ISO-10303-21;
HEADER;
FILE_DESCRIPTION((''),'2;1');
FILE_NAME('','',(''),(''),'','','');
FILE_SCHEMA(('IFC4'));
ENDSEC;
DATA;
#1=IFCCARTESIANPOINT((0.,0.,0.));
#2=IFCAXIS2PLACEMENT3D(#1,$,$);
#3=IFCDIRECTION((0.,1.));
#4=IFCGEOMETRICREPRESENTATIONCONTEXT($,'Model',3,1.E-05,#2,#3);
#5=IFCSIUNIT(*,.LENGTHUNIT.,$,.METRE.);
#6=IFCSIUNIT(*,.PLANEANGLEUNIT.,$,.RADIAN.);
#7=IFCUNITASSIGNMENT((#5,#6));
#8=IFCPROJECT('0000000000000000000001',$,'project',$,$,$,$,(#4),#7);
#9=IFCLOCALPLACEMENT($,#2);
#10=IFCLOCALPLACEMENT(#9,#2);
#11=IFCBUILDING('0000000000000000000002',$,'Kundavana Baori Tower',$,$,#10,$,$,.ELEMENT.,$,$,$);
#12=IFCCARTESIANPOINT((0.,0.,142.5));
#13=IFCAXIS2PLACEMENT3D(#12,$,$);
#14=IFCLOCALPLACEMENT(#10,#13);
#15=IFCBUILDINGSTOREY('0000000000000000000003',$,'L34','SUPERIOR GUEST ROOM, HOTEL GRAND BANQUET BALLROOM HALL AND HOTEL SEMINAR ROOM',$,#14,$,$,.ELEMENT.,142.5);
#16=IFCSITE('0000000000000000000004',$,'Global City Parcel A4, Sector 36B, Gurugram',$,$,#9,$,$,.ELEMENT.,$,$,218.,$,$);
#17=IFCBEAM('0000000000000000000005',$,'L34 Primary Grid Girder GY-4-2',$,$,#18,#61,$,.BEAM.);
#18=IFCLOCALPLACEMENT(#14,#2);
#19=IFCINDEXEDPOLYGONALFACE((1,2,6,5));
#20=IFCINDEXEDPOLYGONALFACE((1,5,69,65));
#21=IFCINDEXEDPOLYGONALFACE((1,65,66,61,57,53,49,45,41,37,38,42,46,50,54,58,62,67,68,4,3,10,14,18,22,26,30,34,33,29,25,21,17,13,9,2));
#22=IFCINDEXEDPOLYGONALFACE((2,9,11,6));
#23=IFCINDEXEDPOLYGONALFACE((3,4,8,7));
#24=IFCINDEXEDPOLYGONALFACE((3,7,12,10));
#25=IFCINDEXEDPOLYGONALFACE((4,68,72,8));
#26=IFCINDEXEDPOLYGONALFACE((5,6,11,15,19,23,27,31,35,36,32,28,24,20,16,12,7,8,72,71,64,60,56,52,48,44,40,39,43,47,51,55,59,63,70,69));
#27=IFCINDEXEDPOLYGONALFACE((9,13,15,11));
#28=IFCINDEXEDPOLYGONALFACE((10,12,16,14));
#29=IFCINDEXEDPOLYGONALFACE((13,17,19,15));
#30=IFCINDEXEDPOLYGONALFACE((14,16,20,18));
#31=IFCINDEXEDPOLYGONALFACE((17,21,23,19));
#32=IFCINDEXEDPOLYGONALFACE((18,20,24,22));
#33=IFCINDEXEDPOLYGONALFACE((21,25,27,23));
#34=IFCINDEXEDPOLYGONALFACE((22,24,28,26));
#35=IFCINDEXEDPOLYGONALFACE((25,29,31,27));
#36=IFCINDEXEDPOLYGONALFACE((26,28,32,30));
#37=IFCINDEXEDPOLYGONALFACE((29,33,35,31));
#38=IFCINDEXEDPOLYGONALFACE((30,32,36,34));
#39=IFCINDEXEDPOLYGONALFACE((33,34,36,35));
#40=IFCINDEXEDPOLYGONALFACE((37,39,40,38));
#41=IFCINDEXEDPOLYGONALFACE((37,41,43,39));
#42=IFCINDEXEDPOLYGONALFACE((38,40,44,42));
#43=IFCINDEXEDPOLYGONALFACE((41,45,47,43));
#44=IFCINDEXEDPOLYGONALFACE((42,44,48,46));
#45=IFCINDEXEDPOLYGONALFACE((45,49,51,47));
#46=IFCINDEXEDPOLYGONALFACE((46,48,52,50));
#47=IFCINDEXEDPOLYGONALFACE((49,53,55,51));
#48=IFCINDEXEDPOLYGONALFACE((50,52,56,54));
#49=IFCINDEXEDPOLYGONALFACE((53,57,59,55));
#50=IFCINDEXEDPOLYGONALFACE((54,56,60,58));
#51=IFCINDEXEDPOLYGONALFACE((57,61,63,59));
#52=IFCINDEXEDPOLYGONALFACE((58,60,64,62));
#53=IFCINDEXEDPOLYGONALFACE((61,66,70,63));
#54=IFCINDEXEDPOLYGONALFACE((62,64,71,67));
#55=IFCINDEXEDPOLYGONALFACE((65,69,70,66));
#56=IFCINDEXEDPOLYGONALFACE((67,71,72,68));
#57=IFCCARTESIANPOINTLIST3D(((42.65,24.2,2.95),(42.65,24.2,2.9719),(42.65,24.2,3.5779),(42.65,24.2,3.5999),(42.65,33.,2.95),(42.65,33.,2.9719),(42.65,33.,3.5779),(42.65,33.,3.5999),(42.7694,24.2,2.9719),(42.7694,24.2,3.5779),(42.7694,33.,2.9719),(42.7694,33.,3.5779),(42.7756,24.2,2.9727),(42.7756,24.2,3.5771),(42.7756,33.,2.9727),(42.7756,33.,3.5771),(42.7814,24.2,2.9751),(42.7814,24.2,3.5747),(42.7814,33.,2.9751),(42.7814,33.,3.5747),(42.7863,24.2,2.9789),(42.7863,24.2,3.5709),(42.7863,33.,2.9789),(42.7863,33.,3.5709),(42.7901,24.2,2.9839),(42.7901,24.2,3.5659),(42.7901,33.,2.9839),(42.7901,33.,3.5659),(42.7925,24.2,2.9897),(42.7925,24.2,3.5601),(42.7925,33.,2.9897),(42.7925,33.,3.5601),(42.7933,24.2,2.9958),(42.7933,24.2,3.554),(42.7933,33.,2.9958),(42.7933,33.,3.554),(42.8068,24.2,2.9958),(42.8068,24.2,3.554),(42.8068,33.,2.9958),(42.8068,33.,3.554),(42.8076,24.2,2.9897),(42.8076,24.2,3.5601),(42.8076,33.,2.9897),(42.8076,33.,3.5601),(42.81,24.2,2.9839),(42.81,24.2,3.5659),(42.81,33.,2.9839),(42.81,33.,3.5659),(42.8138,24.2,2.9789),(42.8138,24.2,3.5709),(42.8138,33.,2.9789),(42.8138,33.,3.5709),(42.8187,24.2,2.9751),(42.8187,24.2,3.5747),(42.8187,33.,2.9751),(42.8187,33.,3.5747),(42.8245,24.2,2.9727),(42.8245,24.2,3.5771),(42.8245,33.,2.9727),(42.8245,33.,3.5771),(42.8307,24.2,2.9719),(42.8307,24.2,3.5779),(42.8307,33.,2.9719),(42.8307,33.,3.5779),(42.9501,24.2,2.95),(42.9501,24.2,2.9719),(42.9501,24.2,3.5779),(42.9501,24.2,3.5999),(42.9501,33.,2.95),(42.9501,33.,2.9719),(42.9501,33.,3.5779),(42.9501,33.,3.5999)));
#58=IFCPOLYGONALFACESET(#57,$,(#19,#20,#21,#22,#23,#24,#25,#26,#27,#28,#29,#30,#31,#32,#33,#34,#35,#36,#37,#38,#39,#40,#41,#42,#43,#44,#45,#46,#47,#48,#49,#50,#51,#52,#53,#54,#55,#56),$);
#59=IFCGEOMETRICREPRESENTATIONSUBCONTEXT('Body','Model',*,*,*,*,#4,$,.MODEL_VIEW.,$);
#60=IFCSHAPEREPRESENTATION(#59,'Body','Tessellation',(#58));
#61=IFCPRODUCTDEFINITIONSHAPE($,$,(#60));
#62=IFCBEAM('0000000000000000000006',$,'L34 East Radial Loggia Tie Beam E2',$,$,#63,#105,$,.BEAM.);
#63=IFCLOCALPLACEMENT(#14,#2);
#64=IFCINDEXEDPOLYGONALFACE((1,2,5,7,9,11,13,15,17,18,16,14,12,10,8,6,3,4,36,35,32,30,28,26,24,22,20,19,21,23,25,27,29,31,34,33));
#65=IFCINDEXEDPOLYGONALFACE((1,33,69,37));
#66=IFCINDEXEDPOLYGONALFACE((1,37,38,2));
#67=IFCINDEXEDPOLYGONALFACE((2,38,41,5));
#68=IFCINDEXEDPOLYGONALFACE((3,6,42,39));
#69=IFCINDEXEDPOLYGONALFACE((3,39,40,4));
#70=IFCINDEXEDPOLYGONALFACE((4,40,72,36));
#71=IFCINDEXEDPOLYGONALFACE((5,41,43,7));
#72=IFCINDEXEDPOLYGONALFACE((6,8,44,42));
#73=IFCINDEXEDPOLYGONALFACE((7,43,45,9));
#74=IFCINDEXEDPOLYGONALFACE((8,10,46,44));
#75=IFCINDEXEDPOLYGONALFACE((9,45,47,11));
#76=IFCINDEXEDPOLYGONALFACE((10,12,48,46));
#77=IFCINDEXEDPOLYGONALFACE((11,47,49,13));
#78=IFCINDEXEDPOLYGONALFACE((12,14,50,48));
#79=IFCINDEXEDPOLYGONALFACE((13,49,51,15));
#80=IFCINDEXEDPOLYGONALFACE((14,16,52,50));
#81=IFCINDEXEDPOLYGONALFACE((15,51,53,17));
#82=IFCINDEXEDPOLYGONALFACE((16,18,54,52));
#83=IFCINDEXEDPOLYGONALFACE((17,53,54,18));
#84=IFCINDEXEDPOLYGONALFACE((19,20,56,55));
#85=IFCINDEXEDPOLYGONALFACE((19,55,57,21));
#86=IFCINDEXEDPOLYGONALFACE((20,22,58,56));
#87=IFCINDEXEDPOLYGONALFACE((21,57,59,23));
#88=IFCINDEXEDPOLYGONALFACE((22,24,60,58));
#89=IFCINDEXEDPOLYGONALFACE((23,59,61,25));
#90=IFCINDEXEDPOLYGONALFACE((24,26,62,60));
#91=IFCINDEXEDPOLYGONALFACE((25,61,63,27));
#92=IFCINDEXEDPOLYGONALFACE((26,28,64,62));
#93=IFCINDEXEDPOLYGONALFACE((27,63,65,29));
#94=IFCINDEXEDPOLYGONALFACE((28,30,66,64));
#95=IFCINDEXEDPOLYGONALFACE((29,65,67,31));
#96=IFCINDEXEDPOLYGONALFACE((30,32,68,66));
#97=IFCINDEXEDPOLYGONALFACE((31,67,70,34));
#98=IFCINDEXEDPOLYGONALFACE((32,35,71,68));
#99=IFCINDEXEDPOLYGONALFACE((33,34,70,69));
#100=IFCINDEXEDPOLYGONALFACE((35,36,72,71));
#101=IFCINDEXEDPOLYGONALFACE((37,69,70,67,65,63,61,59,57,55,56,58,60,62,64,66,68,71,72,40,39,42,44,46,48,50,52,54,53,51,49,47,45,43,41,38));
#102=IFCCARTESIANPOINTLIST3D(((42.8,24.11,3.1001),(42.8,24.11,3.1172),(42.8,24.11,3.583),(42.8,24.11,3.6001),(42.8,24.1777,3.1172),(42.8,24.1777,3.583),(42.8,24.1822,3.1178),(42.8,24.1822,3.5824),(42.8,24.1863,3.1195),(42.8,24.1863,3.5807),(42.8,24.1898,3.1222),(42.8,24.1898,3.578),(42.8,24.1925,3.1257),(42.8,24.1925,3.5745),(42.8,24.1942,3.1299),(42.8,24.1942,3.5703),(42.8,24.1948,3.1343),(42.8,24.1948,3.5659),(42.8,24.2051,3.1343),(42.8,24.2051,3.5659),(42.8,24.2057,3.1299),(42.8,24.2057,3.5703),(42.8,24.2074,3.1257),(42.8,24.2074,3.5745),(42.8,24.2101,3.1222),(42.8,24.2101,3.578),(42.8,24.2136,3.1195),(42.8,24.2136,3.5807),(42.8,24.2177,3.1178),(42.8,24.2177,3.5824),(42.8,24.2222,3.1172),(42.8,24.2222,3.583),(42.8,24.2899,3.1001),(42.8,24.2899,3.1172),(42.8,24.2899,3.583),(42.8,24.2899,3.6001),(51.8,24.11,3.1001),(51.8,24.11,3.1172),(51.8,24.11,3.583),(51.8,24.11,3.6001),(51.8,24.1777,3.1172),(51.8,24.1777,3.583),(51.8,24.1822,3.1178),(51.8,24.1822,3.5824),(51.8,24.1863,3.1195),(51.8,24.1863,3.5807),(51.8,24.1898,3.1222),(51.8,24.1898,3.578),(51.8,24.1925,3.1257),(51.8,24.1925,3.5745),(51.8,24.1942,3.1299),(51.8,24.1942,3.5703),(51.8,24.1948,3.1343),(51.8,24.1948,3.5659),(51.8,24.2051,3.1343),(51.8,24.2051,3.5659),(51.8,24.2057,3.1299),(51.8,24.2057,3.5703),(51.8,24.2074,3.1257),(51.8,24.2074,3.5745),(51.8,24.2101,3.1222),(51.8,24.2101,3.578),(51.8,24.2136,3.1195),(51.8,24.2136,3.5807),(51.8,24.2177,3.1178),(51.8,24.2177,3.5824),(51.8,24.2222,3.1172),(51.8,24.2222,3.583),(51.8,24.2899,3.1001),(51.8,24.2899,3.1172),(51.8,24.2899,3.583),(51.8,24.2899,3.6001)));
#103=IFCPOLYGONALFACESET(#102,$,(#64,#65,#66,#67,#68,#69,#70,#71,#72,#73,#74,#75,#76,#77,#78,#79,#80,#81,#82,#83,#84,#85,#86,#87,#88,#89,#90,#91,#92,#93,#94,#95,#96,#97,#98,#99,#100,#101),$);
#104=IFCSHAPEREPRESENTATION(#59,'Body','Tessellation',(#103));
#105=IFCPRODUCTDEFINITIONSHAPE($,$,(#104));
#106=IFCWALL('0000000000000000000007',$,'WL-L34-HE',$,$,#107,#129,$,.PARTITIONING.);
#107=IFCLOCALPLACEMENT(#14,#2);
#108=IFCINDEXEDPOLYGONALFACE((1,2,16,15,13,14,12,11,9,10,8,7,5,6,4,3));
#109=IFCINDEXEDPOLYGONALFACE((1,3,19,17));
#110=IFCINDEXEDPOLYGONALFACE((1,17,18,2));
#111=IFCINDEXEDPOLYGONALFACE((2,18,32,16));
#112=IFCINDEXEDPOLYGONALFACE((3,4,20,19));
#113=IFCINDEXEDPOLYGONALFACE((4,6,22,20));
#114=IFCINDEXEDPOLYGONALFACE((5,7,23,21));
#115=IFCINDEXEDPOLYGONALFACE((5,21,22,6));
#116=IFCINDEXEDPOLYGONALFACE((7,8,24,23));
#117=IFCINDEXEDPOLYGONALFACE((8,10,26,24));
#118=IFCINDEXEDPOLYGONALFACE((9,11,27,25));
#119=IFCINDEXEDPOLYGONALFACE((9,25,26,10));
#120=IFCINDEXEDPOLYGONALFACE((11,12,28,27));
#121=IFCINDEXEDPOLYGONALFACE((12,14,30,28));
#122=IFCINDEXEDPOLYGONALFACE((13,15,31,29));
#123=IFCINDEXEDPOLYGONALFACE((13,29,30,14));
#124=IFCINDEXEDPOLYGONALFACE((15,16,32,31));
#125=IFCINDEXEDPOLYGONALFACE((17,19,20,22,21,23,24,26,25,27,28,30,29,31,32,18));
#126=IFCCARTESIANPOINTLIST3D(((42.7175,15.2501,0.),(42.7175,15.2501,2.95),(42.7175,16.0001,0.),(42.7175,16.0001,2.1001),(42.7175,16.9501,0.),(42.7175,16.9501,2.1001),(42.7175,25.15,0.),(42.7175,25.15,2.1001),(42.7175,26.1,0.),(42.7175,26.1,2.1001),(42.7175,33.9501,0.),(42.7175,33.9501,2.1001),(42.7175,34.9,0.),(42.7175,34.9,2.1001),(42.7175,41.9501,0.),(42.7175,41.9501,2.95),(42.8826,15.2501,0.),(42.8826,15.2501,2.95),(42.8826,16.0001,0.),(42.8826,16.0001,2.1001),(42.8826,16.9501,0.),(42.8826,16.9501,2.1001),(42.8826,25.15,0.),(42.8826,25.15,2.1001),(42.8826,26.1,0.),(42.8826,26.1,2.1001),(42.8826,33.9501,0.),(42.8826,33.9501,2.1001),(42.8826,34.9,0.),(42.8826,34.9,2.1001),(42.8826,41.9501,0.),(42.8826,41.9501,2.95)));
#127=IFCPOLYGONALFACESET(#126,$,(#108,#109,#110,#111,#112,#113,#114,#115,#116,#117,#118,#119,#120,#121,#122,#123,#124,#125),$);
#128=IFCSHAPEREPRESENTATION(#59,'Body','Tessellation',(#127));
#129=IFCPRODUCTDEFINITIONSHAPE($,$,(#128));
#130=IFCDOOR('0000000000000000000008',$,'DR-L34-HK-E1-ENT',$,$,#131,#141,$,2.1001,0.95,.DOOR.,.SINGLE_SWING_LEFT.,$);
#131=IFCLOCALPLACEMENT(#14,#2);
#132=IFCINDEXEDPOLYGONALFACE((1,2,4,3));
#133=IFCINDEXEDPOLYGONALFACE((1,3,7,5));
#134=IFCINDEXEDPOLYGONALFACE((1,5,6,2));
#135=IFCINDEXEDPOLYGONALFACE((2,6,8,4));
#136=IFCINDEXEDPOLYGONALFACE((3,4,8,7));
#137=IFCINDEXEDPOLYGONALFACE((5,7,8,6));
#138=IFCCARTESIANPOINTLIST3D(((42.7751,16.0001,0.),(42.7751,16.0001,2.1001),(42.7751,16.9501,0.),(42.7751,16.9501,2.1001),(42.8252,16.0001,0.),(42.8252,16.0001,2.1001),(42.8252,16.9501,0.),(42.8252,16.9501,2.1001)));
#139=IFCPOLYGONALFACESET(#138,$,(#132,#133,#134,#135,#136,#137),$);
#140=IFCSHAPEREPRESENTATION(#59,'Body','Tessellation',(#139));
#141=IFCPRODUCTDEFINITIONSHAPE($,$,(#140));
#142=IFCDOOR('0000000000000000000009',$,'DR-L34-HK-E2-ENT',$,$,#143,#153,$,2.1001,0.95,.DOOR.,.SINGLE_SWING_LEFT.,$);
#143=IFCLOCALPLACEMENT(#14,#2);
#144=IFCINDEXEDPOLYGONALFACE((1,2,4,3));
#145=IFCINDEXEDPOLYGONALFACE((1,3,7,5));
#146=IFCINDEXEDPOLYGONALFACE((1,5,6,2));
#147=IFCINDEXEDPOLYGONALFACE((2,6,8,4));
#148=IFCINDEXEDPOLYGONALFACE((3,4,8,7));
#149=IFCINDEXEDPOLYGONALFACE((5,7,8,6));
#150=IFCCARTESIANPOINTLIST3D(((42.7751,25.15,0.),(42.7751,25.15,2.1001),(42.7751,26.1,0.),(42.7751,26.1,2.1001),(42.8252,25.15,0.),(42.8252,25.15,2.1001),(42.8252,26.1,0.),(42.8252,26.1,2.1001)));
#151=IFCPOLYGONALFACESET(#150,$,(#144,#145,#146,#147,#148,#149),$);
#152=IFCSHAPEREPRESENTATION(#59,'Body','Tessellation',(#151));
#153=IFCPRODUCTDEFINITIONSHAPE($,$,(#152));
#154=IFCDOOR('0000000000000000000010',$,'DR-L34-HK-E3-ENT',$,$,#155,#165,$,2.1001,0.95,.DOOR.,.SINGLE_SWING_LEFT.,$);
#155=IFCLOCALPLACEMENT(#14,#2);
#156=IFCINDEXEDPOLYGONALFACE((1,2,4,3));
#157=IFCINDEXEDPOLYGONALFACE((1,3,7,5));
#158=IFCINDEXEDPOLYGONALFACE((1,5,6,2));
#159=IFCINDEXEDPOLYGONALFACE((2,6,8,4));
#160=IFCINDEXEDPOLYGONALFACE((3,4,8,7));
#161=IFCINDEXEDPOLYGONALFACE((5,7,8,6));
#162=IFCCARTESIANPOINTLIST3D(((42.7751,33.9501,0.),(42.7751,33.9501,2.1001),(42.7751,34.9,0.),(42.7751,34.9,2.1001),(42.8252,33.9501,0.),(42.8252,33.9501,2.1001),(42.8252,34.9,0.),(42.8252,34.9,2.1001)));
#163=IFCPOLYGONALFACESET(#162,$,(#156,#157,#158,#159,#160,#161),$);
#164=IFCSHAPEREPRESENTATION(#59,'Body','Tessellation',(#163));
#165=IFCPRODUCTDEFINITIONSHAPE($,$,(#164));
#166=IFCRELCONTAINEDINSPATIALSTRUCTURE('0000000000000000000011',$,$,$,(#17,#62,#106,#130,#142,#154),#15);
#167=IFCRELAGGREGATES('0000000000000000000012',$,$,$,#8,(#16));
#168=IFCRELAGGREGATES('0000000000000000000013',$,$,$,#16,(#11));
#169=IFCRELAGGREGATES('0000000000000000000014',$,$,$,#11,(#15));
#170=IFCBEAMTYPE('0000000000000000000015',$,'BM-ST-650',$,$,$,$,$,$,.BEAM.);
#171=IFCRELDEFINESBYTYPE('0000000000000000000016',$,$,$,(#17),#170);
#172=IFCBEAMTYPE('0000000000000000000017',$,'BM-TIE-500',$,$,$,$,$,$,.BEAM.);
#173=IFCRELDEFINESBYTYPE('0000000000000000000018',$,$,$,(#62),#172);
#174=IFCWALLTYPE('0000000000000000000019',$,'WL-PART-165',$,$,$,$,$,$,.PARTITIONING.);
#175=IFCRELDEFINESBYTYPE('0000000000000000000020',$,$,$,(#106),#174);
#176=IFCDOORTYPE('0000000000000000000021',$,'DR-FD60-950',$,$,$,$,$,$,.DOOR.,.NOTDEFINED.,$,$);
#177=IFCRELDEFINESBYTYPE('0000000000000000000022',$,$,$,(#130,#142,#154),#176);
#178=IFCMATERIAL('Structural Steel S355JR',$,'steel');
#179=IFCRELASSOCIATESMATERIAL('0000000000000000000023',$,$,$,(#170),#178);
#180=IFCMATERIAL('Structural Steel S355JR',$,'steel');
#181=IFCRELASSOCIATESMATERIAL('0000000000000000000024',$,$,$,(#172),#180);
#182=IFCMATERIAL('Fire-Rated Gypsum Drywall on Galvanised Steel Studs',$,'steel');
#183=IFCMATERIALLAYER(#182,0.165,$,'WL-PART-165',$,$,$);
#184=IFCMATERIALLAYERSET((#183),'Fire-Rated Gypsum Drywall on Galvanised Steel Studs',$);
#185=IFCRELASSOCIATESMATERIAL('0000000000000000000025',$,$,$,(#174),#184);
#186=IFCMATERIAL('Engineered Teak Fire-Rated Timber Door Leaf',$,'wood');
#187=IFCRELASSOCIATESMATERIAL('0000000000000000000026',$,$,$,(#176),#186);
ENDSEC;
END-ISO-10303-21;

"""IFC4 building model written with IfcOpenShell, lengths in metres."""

from ifc_helpers import new_model, si_unit, direction, frame, frame_2d, origin, origin_2d, place, context, subcontext, project, spatial, rectangle, i_section, extrude, material, layer, layer_set, material_profile, profile_set, type_object, element, fill, save


model = new_model("IFC4")

# Units and contexts
model_context = context("Model", 3, precision=1e-05, world=origin(), true_north=direction((0.0, 1.0)))
body_context = subcontext(model_context, "Body", "Model", "MODEL_VIEW")
ifc_project = project(units=[si_unit("LENGTHUNIT", "METRE"), si_unit("PLANEANGLEUNIT", "RADIAN")], contexts=[model_context])

# Site, building, storey
site_placement = place(None, origin())
site = spatial("IfcSite", under=ifc_project, at=site_placement, Name="Global City Parcel A4, Sector 36B, Gurugram", CompositionType="ELEMENT", RefElevation=218.0)
building_placement = place(site_placement, origin())
building = spatial("IfcBuilding", under=site, at=building_placement, Name="Kundavana Baori Tower", CompositionType="ELEMENT")
storey_placement = place(building_placement, frame((0.0, 0.0, 142.5)))
storey = spatial("IfcBuildingStorey", under=building, at=storey_placement, Name="L34", Description="SUPERIOR GUEST ROOM, HOTEL GRAND BANQUET BALLROOM HALL AND HOTEL SEMINAR ROOM", CompositionType="ELEMENT", Elevation=142.5)

# Beams
ifc_material_1 = material(Name="Structural Steel S355JR", Category="steel")
ifc_material_profile_1 = material_profile(ifc_material_1, i_section(OverallWidth=0.3, OverallDepth=0.6499, WebThickness=0.0134, FlangeThickness=0.022, FilletRadius=0.0239, at=origin_2d()), Name="NPB 650x300x155")
ifc_profile_set_1 = profile_set([ifc_material_profile_1], Name="Structural Steel S355JR")
beam_type_1 = type_object("IfcBeamType", Name="BM-ST-650", PredefinedType="BEAM", material=ifc_profile_set_1)
beam_1_placement = place(storey_placement, frame((42.8, 24.2, 3.2749), z_axis=(0.0, 1.0, 0.0), x_axis=(-1.0, 0.0, 0.0)))
element("IfcBeam", 1, at=beam_1_placement, inside=storey, type_object=beam_type_1, Name="L34 Primary Grid Girder GY-4-2", PredefinedType="BEAM", context=body_context, shape_type="SweptSolid", body=[
    extrude(i_section(OverallWidth=0.3, OverallDepth=0.6499, WebThickness=0.0134, FlangeThickness=0.022, FilletRadius=0.0239, at=origin_2d()), origin(), (0.0, 0.0, 1.0), 8.8),
])
ifc_material_2 = material(Name="Structural Steel S355JR", Category="steel")
ifc_material_profile_2 = material_profile(ifc_material_2, i_section(OverallWidth=0.1799, OverallDepth=0.5, WebThickness=0.0103, FlangeThickness=0.0171, FilletRadius=0.0171, at=origin_2d()), Name="ISMB 500")
ifc_profile_set_2 = profile_set([ifc_material_profile_2], Name="Structural Steel S355JR")
beam_type_2 = type_object("IfcBeamType", Name="BM-TIE-500", PredefinedType="BEAM", material=ifc_profile_set_2)
beam_2_placement = place(storey_placement, frame((42.8, 24.2, 3.3501), z_axis=(1.0, 0.0, 0.0), x_axis=(0.0, 1.0, 0.0)))
element("IfcBeam", 2, at=beam_2_placement, inside=storey, type_object=beam_type_2, Name="L34 East Radial Loggia Tie Beam E2", PredefinedType="BEAM", context=body_context, shape_type="SweptSolid", body=[
    extrude(i_section(OverallWidth=0.1799, OverallDepth=0.5, WebThickness=0.0103, FlangeThickness=0.0171, FilletRadius=0.0171, at=origin_2d()), origin(), (0.0, 0.0, 1.0), 9.0),
])

# Wall, openings, doors
ifc_material_3 = material(Name="Fire-Rated Gypsum Drywall on Galvanised Steel Studs", Category="steel")
ifc_layer_1 = layer(ifc_material_3, 0.165, Name="WL-PART-165")
ifc_layer_set_1 = layer_set([ifc_layer_1], Name="Fire-Rated Gypsum Drywall on Galvanised Steel Studs")
wall_type_1 = type_object("IfcWallType", Name="WL-PART-165", PredefinedType="PARTITIONING", material=ifc_layer_set_1)
wall_1_placement = place(storey_placement, frame((42.8, 15.25, 0.0), z_axis=(0.0, 0.0, 1.0), x_axis=(0.0, 1.0, 0.0)))
wall_1 = element("IfcWall", 3, at=wall_1_placement, inside=storey, type_object=wall_type_1, Name="WL-L34-HE", PredefinedType="PARTITIONING", context=body_context, shape_type="SweptSolid", body=[
    extrude(rectangle(XDim=26.7, YDim=0.165, at=frame_2d((13.3501, 0.0))), origin(), (0.0, 0.0, 1.0), 2.95),
])
opening_1_placement = place(wall_1_placement, frame((0.75, 0.0, 0.0)))
opening_1 = element("IfcOpeningElement", 4, at=opening_1_placement, cuts=wall_1, PredefinedType="OPENING", context=body_context, shape_type="SweptSolid", body=[
    extrude(rectangle(XDim=0.95, YDim=2.1001, at=frame_2d((0.4751, 1.05))), frame((0.0, 0.0925, 0.0), z_axis=(0.0, -1.0, 0.0), x_axis=(1.0, 0.0, 0.0)), (0.0, 0.0, 1.0), 0.1851),
])
opening_2_placement = place(wall_1_placement, frame((9.8999, 0.0, 0.0)))
opening_2 = element("IfcOpeningElement", 5, at=opening_2_placement, cuts=wall_1, PredefinedType="OPENING", context=body_context, shape_type="SweptSolid", body=[
    extrude(rectangle(XDim=0.95, YDim=2.1001, at=frame_2d((0.4751, 1.05))), frame((0.0, 0.0925, 0.0), z_axis=(0.0, -1.0, 0.0), x_axis=(1.0, 0.0, 0.0)), (0.0, 0.0, 1.0), 0.1851),
])
opening_3_placement = place(wall_1_placement, frame((18.7, 0.0, 0.0)))
opening_3 = element("IfcOpeningElement", 6, at=opening_3_placement, cuts=wall_1, PredefinedType="OPENING", context=body_context, shape_type="SweptSolid", body=[
    extrude(rectangle(XDim=0.95, YDim=2.1001, at=frame_2d((0.4751, 1.05))), frame((0.0, 0.0925, 0.0), z_axis=(0.0, -1.0, 0.0), x_axis=(1.0, 0.0, 0.0)), (0.0, 0.0, 1.0), 0.1851),
])
ifc_material_4 = material(Name="Engineered Teak Fire-Rated Timber Door Leaf", Category="wood")
door_type_1 = type_object("IfcDoorType", Name="DR-FD60-950", OperationType="NOTDEFINED", PredefinedType="DOOR", material=ifc_material_4)
door_1_placement = place(opening_1_placement, origin())
door_1 = element("IfcDoor", 7, at=door_1_placement, inside=storey, type_object=door_type_1, Name="DR-L34-HK-E1-ENT", OperationType="SINGLE_SWING_LEFT", OverallHeight=2.1001, OverallWidth=0.95, PredefinedType="DOOR", context=body_context, shape_type="SweptSolid", body=[
    extrude(rectangle(XDim=0.95, YDim=2.1001, at=frame_2d((0.4751, 1.05))), frame((0.0, 0.0249, 0.0), z_axis=(0.0, -1.0, 0.0), x_axis=(1.0, 0.0, 0.0)), (0.0, 0.0, 1.0), 0.05),
])
fill(opening_1, door_1)
door_2_placement = place(opening_2_placement, origin())
door_2 = element("IfcDoor", 8, at=door_2_placement, inside=storey, type_object=door_type_1, Name="DR-L34-HK-E2-ENT", OperationType="SINGLE_SWING_LEFT", OverallHeight=2.1001, OverallWidth=0.95, PredefinedType="DOOR", context=body_context, shape_type="SweptSolid", body=[
    extrude(rectangle(XDim=0.95, YDim=2.1001, at=frame_2d((0.4751, 1.05))), frame((0.0, 0.0249, 0.0), z_axis=(0.0, -1.0, 0.0), x_axis=(1.0, 0.0, 0.0)), (0.0, 0.0, 1.0), 0.05),
])
fill(opening_2, door_2)
door_3_placement = place(opening_3_placement, origin())
door_3 = element("IfcDoor", 9, at=door_3_placement, inside=storey, type_object=door_type_1, Name="DR-L34-HK-E3-ENT", OperationType="SINGLE_SWING_LEFT", OverallHeight=2.1001, OverallWidth=0.95, PredefinedType="DOOR", context=body_context, shape_type="SweptSolid", body=[
    extrude(rectangle(XDim=0.95, YDim=2.1001, at=frame_2d((0.4751, 1.05))), frame((0.0, 0.0249, 0.0), z_axis=(0.0, -1.0, 0.0), x_axis=(1.0, 0.0, 0.0)), (0.0, 0.0, 1.0), 0.05),
])
fill(opening_3, door_3)

save(model, "model.ifc")
